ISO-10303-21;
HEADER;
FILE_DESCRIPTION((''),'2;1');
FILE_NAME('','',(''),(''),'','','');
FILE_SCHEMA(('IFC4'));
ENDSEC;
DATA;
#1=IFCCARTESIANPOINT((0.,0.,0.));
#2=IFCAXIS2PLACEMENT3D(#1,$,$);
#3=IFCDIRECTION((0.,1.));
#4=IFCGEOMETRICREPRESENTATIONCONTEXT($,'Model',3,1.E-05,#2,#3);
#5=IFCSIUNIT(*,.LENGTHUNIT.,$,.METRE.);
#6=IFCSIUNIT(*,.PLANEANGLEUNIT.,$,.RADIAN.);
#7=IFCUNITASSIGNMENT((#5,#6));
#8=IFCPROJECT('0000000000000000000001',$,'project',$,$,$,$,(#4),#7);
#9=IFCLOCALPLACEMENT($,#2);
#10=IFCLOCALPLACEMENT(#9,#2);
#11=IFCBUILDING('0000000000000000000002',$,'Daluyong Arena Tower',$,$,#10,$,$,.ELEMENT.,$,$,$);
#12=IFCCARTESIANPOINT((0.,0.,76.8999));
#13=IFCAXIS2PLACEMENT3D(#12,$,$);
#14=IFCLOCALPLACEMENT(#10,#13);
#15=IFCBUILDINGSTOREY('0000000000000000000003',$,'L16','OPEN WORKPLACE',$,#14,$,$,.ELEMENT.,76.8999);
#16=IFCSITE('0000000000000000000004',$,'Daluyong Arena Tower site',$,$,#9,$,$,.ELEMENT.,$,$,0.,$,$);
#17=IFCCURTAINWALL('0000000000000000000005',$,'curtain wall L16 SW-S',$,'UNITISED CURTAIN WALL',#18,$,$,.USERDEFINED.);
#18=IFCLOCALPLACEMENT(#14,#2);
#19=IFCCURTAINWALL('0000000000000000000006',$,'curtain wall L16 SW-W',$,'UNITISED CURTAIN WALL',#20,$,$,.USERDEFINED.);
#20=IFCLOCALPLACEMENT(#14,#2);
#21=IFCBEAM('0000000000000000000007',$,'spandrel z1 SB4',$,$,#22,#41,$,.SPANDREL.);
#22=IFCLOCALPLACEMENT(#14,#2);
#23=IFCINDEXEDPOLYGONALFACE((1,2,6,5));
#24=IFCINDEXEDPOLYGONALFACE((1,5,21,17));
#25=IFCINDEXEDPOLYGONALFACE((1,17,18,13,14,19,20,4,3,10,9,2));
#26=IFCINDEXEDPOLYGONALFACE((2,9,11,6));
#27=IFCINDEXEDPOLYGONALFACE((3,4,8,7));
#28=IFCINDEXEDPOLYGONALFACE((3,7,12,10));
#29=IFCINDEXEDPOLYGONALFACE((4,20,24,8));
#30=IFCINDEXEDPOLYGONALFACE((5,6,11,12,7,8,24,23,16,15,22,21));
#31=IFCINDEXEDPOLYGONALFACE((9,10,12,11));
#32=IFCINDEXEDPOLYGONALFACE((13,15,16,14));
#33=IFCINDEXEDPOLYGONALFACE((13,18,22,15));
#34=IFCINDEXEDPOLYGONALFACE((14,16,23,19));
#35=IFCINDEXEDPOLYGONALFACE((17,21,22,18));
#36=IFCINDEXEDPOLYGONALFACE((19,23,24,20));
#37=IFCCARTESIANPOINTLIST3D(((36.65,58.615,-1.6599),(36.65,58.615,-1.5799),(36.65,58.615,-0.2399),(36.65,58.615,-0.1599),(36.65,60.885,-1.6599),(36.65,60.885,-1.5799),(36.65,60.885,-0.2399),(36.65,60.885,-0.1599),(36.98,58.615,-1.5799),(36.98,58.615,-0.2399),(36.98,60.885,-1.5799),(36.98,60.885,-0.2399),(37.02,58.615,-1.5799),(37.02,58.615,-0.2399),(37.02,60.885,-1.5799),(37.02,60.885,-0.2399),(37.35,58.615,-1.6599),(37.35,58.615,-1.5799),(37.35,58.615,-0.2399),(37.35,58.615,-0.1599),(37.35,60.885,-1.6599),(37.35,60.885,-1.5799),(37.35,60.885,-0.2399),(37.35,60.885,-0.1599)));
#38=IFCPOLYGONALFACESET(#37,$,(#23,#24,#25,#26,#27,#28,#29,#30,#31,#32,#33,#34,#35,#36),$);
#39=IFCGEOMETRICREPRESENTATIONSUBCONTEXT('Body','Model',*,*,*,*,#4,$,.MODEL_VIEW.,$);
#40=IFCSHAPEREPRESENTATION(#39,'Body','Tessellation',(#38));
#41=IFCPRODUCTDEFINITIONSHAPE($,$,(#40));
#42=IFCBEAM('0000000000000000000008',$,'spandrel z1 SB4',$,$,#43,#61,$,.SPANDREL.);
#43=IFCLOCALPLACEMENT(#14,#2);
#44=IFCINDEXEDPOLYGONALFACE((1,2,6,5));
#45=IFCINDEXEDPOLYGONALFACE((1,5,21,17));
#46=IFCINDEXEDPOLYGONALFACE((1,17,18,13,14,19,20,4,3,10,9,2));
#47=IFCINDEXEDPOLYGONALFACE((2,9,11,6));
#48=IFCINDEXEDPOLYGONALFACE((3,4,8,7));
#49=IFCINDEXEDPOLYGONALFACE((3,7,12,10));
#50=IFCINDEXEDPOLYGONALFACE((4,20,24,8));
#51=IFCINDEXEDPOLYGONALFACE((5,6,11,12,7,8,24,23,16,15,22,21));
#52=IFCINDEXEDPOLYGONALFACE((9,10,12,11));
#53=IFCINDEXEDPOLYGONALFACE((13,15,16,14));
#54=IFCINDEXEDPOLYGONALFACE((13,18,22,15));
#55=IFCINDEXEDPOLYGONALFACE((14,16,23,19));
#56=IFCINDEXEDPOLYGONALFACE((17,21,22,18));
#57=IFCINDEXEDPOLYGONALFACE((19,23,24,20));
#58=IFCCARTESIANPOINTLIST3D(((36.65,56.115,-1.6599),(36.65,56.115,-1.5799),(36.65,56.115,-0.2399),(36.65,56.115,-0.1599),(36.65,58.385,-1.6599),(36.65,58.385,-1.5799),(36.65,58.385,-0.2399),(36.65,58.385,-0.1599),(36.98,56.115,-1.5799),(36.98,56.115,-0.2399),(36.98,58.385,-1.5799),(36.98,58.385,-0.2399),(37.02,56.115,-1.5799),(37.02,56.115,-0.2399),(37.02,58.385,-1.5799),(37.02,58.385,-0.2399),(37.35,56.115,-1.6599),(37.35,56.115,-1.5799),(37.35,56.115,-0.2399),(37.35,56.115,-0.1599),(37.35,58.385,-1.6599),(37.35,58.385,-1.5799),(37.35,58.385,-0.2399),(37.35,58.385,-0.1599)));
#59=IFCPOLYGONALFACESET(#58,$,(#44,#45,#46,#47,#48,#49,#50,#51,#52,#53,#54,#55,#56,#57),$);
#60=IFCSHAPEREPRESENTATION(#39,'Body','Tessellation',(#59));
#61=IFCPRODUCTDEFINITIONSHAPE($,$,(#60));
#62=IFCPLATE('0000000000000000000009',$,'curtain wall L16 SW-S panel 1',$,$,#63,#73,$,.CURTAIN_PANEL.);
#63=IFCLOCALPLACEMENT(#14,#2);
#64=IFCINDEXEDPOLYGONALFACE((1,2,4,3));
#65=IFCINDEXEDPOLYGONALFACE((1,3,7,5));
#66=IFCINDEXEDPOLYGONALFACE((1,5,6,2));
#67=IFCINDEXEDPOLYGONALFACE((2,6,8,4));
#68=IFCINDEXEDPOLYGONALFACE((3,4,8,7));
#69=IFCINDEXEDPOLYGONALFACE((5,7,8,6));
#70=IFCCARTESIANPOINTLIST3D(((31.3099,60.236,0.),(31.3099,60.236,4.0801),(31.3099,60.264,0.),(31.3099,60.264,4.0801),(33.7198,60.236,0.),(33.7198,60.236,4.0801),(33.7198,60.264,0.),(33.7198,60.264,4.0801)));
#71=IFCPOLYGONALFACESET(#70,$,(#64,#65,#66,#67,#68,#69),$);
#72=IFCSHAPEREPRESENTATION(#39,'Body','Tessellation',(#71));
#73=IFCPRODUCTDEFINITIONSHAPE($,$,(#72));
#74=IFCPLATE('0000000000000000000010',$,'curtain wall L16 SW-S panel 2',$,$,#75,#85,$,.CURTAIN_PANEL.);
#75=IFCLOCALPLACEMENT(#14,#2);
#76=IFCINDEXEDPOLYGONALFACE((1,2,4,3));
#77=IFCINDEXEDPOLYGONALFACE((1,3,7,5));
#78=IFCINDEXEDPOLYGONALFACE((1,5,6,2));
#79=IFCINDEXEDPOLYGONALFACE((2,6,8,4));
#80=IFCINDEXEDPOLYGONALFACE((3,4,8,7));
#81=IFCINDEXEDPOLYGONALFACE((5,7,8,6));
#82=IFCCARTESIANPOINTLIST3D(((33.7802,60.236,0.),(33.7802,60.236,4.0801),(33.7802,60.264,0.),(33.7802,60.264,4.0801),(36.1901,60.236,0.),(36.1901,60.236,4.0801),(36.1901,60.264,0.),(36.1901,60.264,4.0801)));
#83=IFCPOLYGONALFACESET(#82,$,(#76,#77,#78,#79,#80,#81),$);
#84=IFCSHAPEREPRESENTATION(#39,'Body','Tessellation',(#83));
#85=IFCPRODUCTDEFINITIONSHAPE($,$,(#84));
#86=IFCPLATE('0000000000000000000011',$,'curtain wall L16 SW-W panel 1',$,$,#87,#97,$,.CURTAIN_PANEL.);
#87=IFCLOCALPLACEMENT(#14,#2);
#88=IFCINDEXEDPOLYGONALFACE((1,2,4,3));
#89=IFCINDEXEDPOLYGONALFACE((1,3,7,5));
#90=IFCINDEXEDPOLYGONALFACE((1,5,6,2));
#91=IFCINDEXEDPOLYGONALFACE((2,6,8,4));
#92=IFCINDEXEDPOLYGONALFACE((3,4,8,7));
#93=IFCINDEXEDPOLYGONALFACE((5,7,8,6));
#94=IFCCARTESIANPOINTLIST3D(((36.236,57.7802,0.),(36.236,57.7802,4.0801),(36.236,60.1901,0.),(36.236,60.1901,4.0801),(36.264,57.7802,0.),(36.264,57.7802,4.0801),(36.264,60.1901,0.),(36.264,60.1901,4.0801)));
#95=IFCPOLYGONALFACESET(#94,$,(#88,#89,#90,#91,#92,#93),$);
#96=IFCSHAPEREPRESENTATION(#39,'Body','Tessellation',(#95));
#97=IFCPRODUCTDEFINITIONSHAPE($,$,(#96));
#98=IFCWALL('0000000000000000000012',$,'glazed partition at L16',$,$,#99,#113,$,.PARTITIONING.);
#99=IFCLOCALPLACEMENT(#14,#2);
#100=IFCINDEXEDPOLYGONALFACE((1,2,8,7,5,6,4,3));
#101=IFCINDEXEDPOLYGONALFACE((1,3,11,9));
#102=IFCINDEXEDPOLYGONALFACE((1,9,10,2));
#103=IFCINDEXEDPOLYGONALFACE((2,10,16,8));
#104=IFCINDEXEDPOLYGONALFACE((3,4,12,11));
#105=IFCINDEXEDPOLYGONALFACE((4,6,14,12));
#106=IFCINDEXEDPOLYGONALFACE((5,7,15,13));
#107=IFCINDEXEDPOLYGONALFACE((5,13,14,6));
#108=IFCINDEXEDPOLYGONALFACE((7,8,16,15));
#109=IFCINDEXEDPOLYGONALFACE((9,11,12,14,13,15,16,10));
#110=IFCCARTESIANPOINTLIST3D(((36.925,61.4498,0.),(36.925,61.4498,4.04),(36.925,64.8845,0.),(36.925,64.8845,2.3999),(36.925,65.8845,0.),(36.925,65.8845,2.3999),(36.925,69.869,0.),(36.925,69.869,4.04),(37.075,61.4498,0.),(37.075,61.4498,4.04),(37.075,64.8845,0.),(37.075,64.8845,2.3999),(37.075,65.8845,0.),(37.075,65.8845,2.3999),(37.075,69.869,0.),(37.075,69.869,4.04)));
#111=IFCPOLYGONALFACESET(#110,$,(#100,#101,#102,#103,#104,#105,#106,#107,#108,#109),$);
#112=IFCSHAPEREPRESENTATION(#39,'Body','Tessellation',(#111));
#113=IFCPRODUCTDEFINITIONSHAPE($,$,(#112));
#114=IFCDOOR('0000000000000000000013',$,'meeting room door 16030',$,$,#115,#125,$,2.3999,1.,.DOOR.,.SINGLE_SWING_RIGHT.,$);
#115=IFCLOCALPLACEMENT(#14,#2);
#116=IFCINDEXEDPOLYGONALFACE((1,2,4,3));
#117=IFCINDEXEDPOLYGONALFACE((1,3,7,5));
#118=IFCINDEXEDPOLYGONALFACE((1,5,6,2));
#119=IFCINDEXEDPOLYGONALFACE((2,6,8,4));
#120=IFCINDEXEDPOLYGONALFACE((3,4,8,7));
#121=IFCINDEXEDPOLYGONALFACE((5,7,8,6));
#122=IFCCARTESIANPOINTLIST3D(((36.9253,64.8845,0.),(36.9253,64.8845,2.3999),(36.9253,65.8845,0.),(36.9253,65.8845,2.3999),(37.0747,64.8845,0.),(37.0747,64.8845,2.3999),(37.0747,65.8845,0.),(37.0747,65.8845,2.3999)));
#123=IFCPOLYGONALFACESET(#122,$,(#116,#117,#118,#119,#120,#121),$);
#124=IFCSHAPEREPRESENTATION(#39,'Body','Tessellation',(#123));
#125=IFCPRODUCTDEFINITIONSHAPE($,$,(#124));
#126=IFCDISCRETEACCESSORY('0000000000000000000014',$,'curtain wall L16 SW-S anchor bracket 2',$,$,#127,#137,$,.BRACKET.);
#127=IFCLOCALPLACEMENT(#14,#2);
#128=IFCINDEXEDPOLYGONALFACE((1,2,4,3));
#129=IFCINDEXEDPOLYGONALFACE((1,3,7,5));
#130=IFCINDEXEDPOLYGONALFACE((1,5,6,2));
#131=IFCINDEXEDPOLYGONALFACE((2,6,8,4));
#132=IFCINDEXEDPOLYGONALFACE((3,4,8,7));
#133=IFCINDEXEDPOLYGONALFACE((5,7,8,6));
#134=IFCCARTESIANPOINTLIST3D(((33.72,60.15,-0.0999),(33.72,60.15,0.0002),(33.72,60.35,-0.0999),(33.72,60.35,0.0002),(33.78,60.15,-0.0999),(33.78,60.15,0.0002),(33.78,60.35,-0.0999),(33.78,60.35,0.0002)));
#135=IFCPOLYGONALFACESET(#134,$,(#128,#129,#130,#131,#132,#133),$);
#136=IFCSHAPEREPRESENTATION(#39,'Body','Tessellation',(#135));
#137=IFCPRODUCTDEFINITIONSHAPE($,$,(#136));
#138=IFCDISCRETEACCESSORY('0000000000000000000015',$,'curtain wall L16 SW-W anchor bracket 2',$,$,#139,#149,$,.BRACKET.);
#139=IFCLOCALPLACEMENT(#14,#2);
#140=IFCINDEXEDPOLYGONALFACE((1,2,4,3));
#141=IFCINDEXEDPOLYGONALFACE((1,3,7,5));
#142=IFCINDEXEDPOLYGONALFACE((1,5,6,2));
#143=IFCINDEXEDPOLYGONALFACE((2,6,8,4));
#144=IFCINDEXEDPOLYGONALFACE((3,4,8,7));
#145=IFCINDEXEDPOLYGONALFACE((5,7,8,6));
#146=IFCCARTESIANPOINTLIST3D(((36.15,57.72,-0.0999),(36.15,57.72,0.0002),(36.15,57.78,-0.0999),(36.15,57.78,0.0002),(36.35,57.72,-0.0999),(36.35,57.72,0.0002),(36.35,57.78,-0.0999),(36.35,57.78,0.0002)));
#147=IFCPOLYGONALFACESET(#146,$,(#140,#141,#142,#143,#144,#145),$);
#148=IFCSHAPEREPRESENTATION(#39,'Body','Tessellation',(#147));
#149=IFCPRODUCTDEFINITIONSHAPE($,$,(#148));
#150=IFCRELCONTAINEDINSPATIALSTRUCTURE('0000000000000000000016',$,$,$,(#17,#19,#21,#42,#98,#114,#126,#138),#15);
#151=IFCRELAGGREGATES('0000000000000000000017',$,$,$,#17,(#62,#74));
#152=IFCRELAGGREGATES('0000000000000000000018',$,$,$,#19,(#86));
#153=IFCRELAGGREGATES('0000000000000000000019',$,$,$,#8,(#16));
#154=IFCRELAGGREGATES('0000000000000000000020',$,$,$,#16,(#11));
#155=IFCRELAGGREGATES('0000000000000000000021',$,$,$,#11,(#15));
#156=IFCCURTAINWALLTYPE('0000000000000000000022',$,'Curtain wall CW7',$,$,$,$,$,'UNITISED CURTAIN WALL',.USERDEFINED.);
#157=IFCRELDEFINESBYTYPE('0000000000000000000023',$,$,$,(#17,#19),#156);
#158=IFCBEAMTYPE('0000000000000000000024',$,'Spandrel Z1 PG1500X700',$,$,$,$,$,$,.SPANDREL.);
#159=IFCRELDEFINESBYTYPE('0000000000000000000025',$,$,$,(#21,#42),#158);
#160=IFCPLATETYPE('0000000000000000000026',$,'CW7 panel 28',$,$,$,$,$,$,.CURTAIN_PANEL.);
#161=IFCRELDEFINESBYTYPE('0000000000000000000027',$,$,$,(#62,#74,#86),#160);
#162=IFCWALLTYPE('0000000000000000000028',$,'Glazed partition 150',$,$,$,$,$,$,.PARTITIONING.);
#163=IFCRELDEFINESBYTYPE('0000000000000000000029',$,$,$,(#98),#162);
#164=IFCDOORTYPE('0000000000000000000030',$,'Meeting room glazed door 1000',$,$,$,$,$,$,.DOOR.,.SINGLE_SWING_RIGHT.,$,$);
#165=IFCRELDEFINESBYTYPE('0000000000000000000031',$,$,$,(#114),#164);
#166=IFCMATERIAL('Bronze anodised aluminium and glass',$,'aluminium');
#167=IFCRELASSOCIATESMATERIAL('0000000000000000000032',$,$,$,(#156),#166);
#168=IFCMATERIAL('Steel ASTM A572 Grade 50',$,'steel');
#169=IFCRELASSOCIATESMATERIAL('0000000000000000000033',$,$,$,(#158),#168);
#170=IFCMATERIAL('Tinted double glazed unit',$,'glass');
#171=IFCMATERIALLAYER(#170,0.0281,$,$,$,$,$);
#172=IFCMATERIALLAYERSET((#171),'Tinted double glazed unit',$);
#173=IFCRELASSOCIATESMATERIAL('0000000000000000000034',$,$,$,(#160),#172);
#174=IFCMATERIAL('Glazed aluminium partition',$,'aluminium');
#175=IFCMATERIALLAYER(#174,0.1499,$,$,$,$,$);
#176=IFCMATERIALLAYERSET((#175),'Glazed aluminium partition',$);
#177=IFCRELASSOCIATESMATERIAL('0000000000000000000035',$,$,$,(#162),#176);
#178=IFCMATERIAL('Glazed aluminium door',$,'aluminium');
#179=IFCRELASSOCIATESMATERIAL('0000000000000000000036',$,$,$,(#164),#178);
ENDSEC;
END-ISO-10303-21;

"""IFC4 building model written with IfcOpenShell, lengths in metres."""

from ifc_helpers import new_model, si_unit, direction, frame, frame_2d, origin, origin_2d, place, context, subcontext, project, spatial, rectangle, i_section, extrude, material, layer, layer_set, material_profile, profile_set, type_object, element, fill, aggregate, save


model = new_model("IFC4")

# Units and contexts
model_context = context("Model", 3, precision=1e-05, world=origin(), true_north=direction((0.0, 1.0)))
body_context = subcontext(model_context, "Body", "Model", "MODEL_VIEW")
ifc_project = project(units=[si_unit("LENGTHUNIT", "METRE"), si_unit("PLANEANGLEUNIT", "RADIAN")], contexts=[model_context])

# Site, building, storey
site_placement = place(None, origin())
site = spatial("IfcSite", under=ifc_project, at=site_placement, Name="Daluyong Arena Tower site", CompositionType="ELEMENT", RefElevation=0.0)
building_placement = place(site_placement, origin())
building = spatial("IfcBuilding", under=site, at=building_placement, Name="Daluyong Arena Tower", CompositionType="ELEMENT")
storey_placement = place(building_placement, frame((0.0, 0.0, 76.8999)))
storey = spatial("IfcBuildingStorey", under=building, at=storey_placement, Name="L16", Description="OPEN WORKPLACE", CompositionType="ELEMENT", Elevation=76.8999)

# Curtain walls
ifc_material_1 = material(Name="Bronze anodised aluminium and glass", Category="aluminium")
curtain_wall_type = type_object("IfcCurtainWallType", Name="Curtain wall CW7", ElementType="UNITISED CURTAIN WALL", PredefinedType="USERDEFINED", material=ifc_material_1)
curtain_wall_1_placement = place(storey_placement, origin())
curtain_wall_1 = element("IfcCurtainWall", 1, at=curtain_wall_1_placement, inside=storey, type_object=curtain_wall_type, Name="curtain wall L16 SW-S", ObjectType="UNITISED CURTAIN WALL", PredefinedType="USERDEFINED")
curtain_wall_2_placement = place(storey_placement, origin())
curtain_wall_2 = element("IfcCurtainWall", 2, at=curtain_wall_2_placement, inside=storey, type_object=curtain_wall_type, Name="curtain wall L16 SW-W", ObjectType="UNITISED CURTAIN WALL", PredefinedType="USERDEFINED")

# Beams
ifc_material_2 = material(Name="Steel ASTM A572 Grade 50", Category="steel")
ifc_material_profile_1 = material_profile(ifc_material_2, i_section(OverallWidth=0.7, OverallDepth=1.5, WebThickness=0.04, FlangeThickness=0.08, at=origin_2d()))
ifc_profile_set_1 = profile_set([ifc_material_profile_1], Name="Steel ASTM A572 Grade 50")
beam_type_1 = type_object("IfcBeamType", Name="Spandrel Z1 PG1500X700", PredefinedType="SPANDREL", material=ifc_profile_set_1)
for number, where, z_axis, x_axis, name in (
    (3, (37.0, 60.885, -0.9099), (0.0, -1.0, 0.0), (1.0, 0.0, 0.0), "spandrel z1 SB4"),
    (4, (37.0, 58.385, -0.9099), (0.0, -1.0, 0.0), (1.0, 0.0, 0.0), "spandrel z1 SB4"),
):
    element("IfcBeam", number, at=place(storey_placement, frame(where, z_axis=z_axis, x_axis=x_axis)), inside=storey, type_object=beam_type_1, Name=name, PredefinedType="SPANDREL", context=body_context, shape_type="SweptSolid", body=[
        extrude(i_section(OverallWidth=0.7, OverallDepth=1.5, WebThickness=0.04, FlangeThickness=0.08, at=origin_2d()), origin(), (0.0, 0.0, 1.0), 2.27),
    ])

# Plates
ifc_material_3 = material(Name="Tinted double glazed unit", Category="glass")
ifc_layer_1 = layer(ifc_material_3, 0.0281)
ifc_layer_set_1 = layer_set([ifc_layer_1], Name="Tinted double glazed unit")
plate_type = type_object("IfcPlateType", Name="CW7 panel 28", PredefinedType="CURTAIN_PANEL", material=ifc_layer_set_1)
plate_1_placement = place(storey_placement, frame((32.5149, 60.25, 0.0), z_axis=(0.0, 0.0, 1.0), x_axis=(1.0, 0.0, 0.0)))
plate_1 = element("IfcPlate", 5, at=plate_1_placement, type_object=plate_type, Name="curtain wall L16 SW-S panel 1", PredefinedType="CURTAIN_PANEL", context=body_context, shape_type="SweptSolid", body=[
    extrude(rectangle(XDim=2.4099, YDim=0.0281, at=origin_2d()), origin(), (0.0, 0.0, 1.0), 4.0801),
])
plate_2_placement = place(storey_placement, frame((34.9851, 60.25, 0.0), z_axis=(0.0, 0.0, 1.0), x_axis=(1.0, 0.0, 0.0)))
plate_2 = element("IfcPlate", 6, at=plate_2_placement, type_object=plate_type, Name="curtain wall L16 SW-S panel 2", PredefinedType="CURTAIN_PANEL", context=body_context, shape_type="SweptSolid", body=[
    extrude(rectangle(XDim=2.4099, YDim=0.0281, at=origin_2d()), origin(), (0.0, 0.0, 1.0), 4.0801),
])
aggregate(curtain_wall_1, [plate_1, plate_2])
plate_3_placement = place(storey_placement, frame((36.25, 58.9851, 0.0), z_axis=(0.0, 0.0, 1.0), x_axis=(0.0, -1.0, 0.0)))
plate_3 = element("IfcPlate", 7, at=plate_3_placement, type_object=plate_type, Name="curtain wall L16 SW-W panel 1", PredefinedType="CURTAIN_PANEL", context=body_context, shape_type="SweptSolid", body=[
    extrude(rectangle(XDim=2.4099, YDim=0.0281, at=origin_2d()), origin(), (0.0, 0.0, 1.0), 4.0801),
])
aggregate(curtain_wall_2, [plate_3])

# Wall, opening, door
ifc_material_4 = material(Name="Glazed aluminium partition", Category="aluminium")
ifc_layer_2 = layer(ifc_material_4, 0.1499)
ifc_layer_set_2 = layer_set([ifc_layer_2], Name="Glazed aluminium partition")
wall_type = type_object("IfcWallType", Name="Glazed partition 150", PredefinedType="PARTITIONING", material=ifc_layer_set_2)
wall_placement = place(storey_placement, frame((37.0, 61.45, 0.0), z_axis=(0.0, 0.0, 1.0), x_axis=(0.0, 1.0, 0.0)))
wall = element("IfcWall", 8, at=wall_placement, inside=storey, type_object=wall_type, Name="glazed partition at L16", PredefinedType="PARTITIONING", context=body_context, shape_type="SweptSolid", body=[
    extrude(rectangle(XDim=8.4192, YDim=0.1499, at=frame_2d((4.2095, 0.0))), origin(), (0.0, 0.0, 1.0), 4.04),
])
opening_placement = place(wall_placement, frame((3.4346, 0.0, 0.0)))
opening = element("IfcOpeningElement", 9, at=opening_placement, cuts=wall, PredefinedType="OPENING", context=body_context, shape_type="SweptSolid", body=[
    extrude(rectangle(XDim=1.0, YDim=2.3999, at=frame_2d((0.5, 1.2))), frame((0.0, 0.085, 0.0), z_axis=(0.0, -1.0, 0.0), x_axis=(1.0, 0.0, 0.0)), (0.0, 0.0, 1.0), 0.1699),
])
ifc_material_5 = material(Name="Glazed aluminium door", Category="aluminium")
door_type = type_object("IfcDoorType", Name="Meeting room glazed door 1000", OperationType="SINGLE_SWING_RIGHT", PredefinedType="DOOR", material=ifc_material_5)
door_placement = place(opening_placement, origin())
door = element("IfcDoor", 10, at=door_placement, inside=storey, type_object=door_type, Name="meeting room door 16030", OperationType="SINGLE_SWING_RIGHT", OverallHeight=2.3999, OverallWidth=1.0, PredefinedType="DOOR", context=body_context, shape_type="SweptSolid", body=[
    extrude(rectangle(XDim=1.0, YDim=2.3999, at=frame_2d((0.5, 1.2))), frame((0.0, 0.0747, 0.0), z_axis=(0.0, -1.0, 0.0), x_axis=(1.0, 0.0, 0.0)), (0.0, 0.0, 1.0), 0.1494),
])
fill(opening, door)

# Discrete accessories
for number, where, z_axis, x_axis, name in (
    (11, (33.75, 60.25, -0.0999), (0.0, 0.0, 1.0), (1.0, 0.0, 0.0), "curtain wall L16 SW-S anchor bracket 2"),
    (12, (36.25, 57.75, -0.0999), (0.0, 0.0, 1.0), (0.0, -1.0, 0.0), "curtain wall L16 SW-W anchor bracket 2"),
):
    element("IfcDiscreteAccessory", number, at=place(storey_placement, frame(where, z_axis=z_axis, x_axis=x_axis)), inside=storey, Name=name, PredefinedType="BRACKET", context=body_context, shape_type="SweptSolid", body=[
        extrude(rectangle(XDim=0.0601, YDim=0.2, at=origin_2d()), origin(), (0.0, 0.0, 1.0), 0.1001),
    ])

save(model, "model.ifc")
